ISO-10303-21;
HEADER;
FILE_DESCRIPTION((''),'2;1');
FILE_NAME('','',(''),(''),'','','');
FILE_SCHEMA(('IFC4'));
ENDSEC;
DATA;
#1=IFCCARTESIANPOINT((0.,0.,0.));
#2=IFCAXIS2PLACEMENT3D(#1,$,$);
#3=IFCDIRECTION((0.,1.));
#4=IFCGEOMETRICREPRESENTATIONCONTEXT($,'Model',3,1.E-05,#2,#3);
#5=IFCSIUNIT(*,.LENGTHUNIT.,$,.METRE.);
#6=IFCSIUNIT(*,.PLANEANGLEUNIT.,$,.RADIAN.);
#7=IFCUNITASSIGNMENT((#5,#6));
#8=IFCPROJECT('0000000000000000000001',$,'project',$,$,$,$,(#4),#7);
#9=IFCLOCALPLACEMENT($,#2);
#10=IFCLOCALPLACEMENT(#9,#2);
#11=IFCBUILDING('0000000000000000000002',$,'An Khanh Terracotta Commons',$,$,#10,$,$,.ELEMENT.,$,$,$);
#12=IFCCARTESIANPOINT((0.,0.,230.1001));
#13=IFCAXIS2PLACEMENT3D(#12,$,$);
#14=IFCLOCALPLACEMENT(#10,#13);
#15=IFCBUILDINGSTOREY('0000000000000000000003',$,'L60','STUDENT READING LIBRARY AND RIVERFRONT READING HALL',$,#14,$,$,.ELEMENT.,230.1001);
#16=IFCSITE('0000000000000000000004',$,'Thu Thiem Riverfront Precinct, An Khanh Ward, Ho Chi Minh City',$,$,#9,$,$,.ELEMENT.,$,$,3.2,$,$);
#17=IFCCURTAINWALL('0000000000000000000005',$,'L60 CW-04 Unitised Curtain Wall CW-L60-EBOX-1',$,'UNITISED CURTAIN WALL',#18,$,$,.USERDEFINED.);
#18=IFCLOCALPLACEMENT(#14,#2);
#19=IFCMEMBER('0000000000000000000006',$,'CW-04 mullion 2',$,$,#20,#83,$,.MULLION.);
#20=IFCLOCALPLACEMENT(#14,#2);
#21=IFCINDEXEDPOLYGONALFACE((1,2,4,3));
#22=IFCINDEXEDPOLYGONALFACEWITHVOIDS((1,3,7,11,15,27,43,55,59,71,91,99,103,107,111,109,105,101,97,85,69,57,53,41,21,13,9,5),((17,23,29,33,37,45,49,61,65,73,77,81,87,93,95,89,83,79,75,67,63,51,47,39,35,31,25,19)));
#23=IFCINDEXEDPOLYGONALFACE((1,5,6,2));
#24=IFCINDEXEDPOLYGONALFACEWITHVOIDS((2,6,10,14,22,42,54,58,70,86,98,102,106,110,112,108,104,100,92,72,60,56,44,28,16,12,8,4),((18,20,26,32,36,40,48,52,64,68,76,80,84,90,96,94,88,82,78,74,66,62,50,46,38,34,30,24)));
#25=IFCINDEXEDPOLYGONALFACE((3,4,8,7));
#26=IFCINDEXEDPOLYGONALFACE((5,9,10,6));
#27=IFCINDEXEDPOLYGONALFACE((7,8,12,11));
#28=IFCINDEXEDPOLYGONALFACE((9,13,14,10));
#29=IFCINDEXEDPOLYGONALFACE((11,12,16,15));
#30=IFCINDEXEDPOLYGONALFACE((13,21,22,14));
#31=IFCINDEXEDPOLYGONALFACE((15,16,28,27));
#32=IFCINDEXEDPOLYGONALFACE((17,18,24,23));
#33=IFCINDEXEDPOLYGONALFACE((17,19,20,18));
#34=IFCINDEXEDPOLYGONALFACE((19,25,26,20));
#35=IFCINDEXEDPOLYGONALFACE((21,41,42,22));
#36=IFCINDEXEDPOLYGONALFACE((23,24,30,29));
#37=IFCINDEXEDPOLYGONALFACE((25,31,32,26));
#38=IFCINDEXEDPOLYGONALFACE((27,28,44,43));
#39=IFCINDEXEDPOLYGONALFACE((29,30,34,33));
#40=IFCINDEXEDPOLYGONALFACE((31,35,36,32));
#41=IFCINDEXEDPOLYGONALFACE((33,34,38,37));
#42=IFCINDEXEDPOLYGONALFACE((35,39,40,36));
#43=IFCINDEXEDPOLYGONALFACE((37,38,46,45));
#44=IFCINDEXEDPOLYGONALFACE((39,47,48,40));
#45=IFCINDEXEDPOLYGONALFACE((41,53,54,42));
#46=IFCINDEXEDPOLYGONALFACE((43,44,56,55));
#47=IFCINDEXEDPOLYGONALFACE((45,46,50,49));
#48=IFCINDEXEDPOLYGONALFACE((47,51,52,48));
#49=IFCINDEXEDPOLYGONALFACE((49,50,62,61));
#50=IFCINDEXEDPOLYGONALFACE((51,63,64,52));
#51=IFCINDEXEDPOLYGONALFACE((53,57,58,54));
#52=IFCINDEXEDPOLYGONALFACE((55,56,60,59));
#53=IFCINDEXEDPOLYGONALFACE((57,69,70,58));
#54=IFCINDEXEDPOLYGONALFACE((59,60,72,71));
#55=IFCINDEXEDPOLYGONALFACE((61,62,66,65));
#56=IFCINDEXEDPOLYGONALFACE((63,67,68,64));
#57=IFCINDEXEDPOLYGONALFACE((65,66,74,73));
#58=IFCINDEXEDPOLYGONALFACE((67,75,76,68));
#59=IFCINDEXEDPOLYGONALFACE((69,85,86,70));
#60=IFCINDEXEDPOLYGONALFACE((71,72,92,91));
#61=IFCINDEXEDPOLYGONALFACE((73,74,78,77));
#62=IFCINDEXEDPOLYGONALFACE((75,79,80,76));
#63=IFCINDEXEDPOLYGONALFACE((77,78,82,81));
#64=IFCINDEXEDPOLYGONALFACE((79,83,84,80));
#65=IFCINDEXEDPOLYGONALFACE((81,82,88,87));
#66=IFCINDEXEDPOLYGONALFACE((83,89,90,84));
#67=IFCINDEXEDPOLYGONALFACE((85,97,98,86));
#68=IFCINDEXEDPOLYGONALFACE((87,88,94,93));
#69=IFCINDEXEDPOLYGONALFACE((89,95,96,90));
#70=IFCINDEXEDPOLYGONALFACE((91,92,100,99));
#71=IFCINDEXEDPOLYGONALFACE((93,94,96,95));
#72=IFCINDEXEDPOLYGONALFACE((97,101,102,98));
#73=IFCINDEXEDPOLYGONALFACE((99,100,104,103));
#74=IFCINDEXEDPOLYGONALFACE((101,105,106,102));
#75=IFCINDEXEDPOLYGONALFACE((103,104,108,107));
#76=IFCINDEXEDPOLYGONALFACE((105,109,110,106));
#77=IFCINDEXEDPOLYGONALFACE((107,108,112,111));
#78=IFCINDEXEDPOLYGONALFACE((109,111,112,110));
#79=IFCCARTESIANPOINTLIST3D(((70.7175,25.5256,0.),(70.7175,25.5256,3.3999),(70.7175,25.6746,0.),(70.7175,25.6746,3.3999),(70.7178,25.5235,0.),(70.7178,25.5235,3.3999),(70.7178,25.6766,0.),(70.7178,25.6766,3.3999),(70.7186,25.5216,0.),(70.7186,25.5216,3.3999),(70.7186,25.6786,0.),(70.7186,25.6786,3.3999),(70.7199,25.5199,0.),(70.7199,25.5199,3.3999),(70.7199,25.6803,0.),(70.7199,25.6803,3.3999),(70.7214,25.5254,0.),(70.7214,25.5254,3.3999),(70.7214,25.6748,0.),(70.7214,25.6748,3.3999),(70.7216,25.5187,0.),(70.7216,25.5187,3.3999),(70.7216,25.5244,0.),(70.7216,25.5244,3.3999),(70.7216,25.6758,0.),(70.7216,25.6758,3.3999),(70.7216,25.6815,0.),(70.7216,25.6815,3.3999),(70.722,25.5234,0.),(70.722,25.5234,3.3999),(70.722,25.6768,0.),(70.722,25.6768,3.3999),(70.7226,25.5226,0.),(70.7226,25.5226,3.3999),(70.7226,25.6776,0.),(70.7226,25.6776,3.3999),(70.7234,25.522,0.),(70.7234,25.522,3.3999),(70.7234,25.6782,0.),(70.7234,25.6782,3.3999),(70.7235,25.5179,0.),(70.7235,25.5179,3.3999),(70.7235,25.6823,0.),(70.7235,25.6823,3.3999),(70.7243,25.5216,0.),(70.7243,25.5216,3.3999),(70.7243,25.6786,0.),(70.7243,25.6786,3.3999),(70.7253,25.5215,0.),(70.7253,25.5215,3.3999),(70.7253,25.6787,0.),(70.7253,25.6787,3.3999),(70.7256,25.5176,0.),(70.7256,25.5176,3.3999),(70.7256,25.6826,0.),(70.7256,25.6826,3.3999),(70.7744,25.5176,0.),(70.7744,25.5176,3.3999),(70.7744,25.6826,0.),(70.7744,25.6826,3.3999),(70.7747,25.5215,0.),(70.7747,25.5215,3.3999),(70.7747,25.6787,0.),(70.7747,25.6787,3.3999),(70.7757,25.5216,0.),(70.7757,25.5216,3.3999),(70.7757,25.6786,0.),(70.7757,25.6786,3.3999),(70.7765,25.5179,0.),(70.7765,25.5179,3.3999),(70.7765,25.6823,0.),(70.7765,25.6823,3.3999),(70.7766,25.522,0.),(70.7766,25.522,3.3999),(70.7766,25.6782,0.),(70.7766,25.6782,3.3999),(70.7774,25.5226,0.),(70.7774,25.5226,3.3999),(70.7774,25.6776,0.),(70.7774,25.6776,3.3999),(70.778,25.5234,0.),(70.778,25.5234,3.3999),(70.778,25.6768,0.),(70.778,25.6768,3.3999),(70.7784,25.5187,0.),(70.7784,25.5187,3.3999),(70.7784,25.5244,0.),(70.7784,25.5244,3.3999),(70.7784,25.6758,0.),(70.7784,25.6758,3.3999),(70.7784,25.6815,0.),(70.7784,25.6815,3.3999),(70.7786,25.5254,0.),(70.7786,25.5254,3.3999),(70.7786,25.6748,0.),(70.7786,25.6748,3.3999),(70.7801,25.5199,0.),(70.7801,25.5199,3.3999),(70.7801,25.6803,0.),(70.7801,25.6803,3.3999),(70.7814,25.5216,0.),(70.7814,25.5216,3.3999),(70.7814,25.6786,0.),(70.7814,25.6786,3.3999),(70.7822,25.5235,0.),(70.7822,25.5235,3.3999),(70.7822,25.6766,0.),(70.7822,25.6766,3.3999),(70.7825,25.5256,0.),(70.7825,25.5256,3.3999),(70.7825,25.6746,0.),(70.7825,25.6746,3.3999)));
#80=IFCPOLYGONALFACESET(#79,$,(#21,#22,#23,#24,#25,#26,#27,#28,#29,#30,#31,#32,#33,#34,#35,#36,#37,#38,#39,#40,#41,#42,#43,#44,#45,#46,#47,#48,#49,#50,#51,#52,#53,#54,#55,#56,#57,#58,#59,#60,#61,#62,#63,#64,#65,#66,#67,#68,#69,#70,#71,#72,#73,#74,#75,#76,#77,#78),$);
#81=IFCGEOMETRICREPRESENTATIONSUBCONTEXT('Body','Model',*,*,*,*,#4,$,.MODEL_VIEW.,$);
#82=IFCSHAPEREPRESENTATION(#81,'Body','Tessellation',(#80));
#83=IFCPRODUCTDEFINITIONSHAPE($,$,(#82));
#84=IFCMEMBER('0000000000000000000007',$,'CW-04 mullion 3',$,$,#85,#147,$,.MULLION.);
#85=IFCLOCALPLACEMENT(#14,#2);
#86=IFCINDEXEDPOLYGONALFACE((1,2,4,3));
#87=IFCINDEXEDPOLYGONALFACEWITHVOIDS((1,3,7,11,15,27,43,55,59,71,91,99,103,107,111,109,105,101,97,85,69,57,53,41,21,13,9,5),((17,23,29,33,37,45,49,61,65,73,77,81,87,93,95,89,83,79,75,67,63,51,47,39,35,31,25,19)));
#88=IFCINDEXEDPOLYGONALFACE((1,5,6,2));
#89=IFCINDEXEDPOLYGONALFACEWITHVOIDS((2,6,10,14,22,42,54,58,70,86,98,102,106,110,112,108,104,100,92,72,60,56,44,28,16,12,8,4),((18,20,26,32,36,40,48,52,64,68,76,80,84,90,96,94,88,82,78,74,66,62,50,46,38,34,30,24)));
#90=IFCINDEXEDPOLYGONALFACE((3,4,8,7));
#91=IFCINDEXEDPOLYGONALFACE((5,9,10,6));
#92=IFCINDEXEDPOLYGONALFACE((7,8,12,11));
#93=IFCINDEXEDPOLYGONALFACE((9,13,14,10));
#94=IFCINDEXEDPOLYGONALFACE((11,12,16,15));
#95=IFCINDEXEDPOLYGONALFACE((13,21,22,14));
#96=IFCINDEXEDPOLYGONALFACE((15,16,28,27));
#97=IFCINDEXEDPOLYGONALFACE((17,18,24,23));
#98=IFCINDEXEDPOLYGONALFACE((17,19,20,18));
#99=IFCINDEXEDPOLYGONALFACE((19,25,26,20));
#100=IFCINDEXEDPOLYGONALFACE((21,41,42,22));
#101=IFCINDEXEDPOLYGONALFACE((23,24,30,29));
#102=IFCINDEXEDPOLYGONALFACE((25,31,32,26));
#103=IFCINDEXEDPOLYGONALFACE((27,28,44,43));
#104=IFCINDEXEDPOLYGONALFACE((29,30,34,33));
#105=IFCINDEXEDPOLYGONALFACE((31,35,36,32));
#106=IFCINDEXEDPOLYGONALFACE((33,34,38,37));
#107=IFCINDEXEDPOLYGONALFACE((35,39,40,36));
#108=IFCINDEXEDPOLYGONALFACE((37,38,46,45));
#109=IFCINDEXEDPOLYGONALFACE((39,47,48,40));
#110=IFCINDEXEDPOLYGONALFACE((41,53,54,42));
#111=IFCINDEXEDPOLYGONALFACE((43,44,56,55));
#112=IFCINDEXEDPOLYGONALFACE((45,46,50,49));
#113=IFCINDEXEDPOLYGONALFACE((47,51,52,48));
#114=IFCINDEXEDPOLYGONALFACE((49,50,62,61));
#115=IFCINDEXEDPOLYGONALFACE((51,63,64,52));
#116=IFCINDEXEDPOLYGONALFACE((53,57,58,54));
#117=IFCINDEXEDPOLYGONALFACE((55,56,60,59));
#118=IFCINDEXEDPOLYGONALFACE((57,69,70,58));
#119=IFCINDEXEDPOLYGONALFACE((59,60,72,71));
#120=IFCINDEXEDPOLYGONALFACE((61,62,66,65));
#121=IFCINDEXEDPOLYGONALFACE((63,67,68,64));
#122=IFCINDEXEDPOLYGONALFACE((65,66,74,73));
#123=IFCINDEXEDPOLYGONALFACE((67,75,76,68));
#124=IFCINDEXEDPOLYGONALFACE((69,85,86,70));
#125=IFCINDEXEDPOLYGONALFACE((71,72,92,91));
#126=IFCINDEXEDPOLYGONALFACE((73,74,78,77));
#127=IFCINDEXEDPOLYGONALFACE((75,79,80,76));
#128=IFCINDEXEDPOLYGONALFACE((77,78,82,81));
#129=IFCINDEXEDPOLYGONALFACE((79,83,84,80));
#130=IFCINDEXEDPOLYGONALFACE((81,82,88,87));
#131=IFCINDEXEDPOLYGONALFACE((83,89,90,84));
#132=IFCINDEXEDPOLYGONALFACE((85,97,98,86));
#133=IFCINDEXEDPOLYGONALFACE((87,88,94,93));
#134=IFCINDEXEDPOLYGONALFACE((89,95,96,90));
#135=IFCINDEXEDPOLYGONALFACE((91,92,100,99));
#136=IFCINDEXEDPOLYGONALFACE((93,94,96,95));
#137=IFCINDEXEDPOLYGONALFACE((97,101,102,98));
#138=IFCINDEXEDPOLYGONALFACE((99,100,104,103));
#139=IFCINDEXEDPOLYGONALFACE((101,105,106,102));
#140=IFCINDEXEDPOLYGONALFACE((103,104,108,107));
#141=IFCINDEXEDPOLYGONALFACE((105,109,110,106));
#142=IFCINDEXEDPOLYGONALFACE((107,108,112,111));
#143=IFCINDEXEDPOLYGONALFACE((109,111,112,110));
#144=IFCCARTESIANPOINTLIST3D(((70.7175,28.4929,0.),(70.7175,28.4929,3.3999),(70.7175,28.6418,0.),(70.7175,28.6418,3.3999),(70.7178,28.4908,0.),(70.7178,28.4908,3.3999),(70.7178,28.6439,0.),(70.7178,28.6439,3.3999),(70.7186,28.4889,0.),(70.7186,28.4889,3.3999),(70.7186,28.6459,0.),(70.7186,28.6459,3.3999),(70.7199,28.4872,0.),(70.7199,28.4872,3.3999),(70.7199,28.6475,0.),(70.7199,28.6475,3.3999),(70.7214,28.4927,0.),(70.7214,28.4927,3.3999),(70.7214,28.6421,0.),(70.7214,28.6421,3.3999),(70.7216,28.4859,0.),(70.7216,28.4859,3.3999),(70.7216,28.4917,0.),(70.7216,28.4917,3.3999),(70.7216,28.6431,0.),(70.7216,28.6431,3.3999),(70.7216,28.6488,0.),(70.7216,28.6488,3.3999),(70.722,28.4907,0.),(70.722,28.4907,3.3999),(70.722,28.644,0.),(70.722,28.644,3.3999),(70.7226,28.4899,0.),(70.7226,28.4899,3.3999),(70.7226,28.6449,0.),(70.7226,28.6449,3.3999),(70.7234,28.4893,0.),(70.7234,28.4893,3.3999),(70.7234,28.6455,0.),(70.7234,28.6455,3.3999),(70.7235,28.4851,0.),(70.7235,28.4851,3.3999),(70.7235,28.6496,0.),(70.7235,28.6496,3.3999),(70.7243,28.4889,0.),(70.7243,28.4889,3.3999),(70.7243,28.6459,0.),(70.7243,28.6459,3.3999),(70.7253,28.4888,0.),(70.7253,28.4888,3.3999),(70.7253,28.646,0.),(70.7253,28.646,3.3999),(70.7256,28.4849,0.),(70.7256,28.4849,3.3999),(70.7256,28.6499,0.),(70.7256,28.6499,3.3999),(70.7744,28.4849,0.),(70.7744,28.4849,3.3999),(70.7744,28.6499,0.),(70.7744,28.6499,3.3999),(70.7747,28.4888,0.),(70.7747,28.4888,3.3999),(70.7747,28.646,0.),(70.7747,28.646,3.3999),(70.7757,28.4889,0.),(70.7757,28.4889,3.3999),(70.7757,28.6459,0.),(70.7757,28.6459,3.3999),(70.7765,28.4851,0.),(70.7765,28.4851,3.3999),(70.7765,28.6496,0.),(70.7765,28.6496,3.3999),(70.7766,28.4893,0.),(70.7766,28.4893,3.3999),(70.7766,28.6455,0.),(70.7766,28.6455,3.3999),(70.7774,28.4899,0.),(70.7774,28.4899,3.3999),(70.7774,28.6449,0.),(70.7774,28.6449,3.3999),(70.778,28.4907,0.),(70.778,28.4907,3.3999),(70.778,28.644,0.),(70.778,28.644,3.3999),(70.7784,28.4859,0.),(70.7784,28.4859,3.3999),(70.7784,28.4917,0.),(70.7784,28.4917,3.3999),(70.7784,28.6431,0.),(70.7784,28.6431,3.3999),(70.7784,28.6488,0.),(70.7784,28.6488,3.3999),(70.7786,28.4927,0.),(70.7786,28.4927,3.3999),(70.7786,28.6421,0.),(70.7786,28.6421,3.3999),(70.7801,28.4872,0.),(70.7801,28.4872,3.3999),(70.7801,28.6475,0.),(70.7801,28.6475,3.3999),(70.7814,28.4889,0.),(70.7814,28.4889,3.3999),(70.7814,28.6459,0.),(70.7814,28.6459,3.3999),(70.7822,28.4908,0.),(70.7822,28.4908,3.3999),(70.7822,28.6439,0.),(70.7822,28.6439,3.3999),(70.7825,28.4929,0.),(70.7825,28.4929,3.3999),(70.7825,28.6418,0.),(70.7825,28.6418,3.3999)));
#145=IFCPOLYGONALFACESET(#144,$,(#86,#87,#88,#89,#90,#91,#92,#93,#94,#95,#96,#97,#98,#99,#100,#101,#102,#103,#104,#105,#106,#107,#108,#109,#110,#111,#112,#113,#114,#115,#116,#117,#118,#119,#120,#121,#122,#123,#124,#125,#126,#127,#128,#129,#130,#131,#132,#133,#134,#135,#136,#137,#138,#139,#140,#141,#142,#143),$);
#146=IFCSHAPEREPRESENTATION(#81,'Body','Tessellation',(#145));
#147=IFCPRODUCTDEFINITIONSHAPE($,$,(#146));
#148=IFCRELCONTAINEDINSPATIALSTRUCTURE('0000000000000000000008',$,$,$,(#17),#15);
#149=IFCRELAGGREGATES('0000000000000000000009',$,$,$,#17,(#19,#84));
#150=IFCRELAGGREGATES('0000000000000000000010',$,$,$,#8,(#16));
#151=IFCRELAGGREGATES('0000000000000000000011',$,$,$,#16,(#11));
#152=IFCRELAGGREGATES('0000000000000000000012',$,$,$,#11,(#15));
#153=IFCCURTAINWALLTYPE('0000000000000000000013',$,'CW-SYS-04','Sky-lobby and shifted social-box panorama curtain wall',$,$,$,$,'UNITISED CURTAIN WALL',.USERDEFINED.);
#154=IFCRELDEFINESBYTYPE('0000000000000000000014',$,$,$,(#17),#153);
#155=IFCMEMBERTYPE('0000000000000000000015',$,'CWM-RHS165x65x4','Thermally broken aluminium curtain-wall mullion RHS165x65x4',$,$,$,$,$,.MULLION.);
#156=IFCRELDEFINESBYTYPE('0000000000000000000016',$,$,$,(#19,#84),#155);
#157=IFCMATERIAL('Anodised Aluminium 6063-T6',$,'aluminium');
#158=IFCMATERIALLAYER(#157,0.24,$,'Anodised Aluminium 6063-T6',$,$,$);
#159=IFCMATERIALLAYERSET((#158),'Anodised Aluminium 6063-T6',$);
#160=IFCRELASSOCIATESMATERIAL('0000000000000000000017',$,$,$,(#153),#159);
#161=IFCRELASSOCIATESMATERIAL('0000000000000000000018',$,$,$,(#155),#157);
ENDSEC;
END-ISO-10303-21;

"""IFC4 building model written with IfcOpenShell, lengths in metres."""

from ifc_helpers import new_model, si_unit, direction, frame, origin, origin_2d, place, context, subcontext, project, spatial, hollow_rectangle, extrude, material, layer, layer_set, material_profile, profile_set, type_object, element, aggregate, save


model = new_model("IFC4")

# Units and contexts
model_context = context("Model", 3, precision=1e-05, world=origin(), true_north=direction((0.0, 1.0)))
body_context = subcontext(model_context, "Body", "Model", "MODEL_VIEW")
ifc_project = project(units=[si_unit("LENGTHUNIT", "METRE"), si_unit("PLANEANGLEUNIT", "RADIAN")], contexts=[model_context])

# Site, building, storey
site_placement = place(None, origin())
site = spatial("IfcSite", under=ifc_project, at=site_placement, Name="Thu Thiem Riverfront Precinct, An Khanh Ward, Ho Chi Minh City", CompositionType="ELEMENT", RefElevation=3.2)
building_placement = place(site_placement, origin())
building = spatial("IfcBuilding", under=site, at=building_placement, Name="An Khanh Terracotta Commons", CompositionType="ELEMENT")
storey_placement = place(building_placement, frame((0.0, 0.0, 230.1001)))
storey = spatial("IfcBuildingStorey", under=building, at=storey_placement, Name="L60", Description="STUDENT READING LIBRARY AND RIVERFRONT READING HALL", CompositionType="ELEMENT", Elevation=230.1001)

# Curtain wall, members
ifc_material_1 = material(Name="Anodised Aluminium 6063-T6", Category="aluminium")
ifc_layer_1 = layer(ifc_material_1, 0.24, Name="Anodised Aluminium 6063-T6")
ifc_layer_set_1 = layer_set([ifc_layer_1], Name="Anodised Aluminium 6063-T6")
curtain_wall_type_1 = type_object("IfcCurtainWallType", Name="CW-SYS-04", Description="Sky-lobby and shifted social-box panorama curtain wall", ElementType="UNITISED CURTAIN WALL", PredefinedType="USERDEFINED", material=ifc_layer_set_1)
curtain_wall_1_placement = place(storey_placement, origin())
curtain_wall_1 = element("IfcCurtainWall", 1, at=curtain_wall_1_placement, inside=storey, type_object=curtain_wall_type_1, Name="L60 CW-04 Unitised Curtain Wall CW-L60-EBOX-1", ObjectType="UNITISED CURTAIN WALL", PredefinedType="USERDEFINED")
ifc_material_profile_1 = material_profile(ifc_material_1, hollow_rectangle(XDim=0.0649, YDim=0.165, WallThickness=0.0039, InnerFilletRadius=0.0039, OuterFilletRadius=0.0081, at=origin_2d()), Name="RHS165x65x4")
ifc_profile_set_1 = profile_set([ifc_material_profile_1], Name="Anodised Aluminium 6063-T6")
member_type_1 = type_object("IfcMemberType", Name="CWM-RHS165x65x4", Description="Thermally broken aluminium curtain-wall mullion RHS165x65x4", PredefinedType="MULLION", material=ifc_profile_set_1)
member_1_placement = place(storey_placement, frame((70.75, 25.6001, 0.0), z_axis=(0.0, 0.0, 1.0), x_axis=(-1.0, 0.0, 0.0)))
member_1 = element("IfcMember", 2, at=member_1_placement, type_object=member_type_1, Name="CW-04 mullion 2", PredefinedType="MULLION", context=body_context, shape_type="SweptSolid", body=[
    extrude(hollow_rectangle(XDim=0.0649, YDim=0.165, WallThickness=0.0039, InnerFilletRadius=0.0039, OuterFilletRadius=0.0081, at=origin_2d()), origin(), (0.0, 0.0, 1.0), 3.3999),
])
member_2_placement = place(storey_placement, frame((70.75, 28.5674, 0.0), z_axis=(0.0, 0.0, 1.0), x_axis=(-1.0, 0.0, 0.0)))
member_2 = element("IfcMember", 3, at=member_2_placement, type_object=member_type_1, Name="CW-04 mullion 3", PredefinedType="MULLION", context=body_context, shape_type="SweptSolid", body=[
    extrude(hollow_rectangle(XDim=0.0649, YDim=0.165, WallThickness=0.0039, InnerFilletRadius=0.0039, OuterFilletRadius=0.0081, at=origin_2d()), origin(), (0.0, 0.0, 1.0), 3.3999),
])

aggregate(curtain_wall_1, [member_1, member_2])

save(model, "model.ifc")
